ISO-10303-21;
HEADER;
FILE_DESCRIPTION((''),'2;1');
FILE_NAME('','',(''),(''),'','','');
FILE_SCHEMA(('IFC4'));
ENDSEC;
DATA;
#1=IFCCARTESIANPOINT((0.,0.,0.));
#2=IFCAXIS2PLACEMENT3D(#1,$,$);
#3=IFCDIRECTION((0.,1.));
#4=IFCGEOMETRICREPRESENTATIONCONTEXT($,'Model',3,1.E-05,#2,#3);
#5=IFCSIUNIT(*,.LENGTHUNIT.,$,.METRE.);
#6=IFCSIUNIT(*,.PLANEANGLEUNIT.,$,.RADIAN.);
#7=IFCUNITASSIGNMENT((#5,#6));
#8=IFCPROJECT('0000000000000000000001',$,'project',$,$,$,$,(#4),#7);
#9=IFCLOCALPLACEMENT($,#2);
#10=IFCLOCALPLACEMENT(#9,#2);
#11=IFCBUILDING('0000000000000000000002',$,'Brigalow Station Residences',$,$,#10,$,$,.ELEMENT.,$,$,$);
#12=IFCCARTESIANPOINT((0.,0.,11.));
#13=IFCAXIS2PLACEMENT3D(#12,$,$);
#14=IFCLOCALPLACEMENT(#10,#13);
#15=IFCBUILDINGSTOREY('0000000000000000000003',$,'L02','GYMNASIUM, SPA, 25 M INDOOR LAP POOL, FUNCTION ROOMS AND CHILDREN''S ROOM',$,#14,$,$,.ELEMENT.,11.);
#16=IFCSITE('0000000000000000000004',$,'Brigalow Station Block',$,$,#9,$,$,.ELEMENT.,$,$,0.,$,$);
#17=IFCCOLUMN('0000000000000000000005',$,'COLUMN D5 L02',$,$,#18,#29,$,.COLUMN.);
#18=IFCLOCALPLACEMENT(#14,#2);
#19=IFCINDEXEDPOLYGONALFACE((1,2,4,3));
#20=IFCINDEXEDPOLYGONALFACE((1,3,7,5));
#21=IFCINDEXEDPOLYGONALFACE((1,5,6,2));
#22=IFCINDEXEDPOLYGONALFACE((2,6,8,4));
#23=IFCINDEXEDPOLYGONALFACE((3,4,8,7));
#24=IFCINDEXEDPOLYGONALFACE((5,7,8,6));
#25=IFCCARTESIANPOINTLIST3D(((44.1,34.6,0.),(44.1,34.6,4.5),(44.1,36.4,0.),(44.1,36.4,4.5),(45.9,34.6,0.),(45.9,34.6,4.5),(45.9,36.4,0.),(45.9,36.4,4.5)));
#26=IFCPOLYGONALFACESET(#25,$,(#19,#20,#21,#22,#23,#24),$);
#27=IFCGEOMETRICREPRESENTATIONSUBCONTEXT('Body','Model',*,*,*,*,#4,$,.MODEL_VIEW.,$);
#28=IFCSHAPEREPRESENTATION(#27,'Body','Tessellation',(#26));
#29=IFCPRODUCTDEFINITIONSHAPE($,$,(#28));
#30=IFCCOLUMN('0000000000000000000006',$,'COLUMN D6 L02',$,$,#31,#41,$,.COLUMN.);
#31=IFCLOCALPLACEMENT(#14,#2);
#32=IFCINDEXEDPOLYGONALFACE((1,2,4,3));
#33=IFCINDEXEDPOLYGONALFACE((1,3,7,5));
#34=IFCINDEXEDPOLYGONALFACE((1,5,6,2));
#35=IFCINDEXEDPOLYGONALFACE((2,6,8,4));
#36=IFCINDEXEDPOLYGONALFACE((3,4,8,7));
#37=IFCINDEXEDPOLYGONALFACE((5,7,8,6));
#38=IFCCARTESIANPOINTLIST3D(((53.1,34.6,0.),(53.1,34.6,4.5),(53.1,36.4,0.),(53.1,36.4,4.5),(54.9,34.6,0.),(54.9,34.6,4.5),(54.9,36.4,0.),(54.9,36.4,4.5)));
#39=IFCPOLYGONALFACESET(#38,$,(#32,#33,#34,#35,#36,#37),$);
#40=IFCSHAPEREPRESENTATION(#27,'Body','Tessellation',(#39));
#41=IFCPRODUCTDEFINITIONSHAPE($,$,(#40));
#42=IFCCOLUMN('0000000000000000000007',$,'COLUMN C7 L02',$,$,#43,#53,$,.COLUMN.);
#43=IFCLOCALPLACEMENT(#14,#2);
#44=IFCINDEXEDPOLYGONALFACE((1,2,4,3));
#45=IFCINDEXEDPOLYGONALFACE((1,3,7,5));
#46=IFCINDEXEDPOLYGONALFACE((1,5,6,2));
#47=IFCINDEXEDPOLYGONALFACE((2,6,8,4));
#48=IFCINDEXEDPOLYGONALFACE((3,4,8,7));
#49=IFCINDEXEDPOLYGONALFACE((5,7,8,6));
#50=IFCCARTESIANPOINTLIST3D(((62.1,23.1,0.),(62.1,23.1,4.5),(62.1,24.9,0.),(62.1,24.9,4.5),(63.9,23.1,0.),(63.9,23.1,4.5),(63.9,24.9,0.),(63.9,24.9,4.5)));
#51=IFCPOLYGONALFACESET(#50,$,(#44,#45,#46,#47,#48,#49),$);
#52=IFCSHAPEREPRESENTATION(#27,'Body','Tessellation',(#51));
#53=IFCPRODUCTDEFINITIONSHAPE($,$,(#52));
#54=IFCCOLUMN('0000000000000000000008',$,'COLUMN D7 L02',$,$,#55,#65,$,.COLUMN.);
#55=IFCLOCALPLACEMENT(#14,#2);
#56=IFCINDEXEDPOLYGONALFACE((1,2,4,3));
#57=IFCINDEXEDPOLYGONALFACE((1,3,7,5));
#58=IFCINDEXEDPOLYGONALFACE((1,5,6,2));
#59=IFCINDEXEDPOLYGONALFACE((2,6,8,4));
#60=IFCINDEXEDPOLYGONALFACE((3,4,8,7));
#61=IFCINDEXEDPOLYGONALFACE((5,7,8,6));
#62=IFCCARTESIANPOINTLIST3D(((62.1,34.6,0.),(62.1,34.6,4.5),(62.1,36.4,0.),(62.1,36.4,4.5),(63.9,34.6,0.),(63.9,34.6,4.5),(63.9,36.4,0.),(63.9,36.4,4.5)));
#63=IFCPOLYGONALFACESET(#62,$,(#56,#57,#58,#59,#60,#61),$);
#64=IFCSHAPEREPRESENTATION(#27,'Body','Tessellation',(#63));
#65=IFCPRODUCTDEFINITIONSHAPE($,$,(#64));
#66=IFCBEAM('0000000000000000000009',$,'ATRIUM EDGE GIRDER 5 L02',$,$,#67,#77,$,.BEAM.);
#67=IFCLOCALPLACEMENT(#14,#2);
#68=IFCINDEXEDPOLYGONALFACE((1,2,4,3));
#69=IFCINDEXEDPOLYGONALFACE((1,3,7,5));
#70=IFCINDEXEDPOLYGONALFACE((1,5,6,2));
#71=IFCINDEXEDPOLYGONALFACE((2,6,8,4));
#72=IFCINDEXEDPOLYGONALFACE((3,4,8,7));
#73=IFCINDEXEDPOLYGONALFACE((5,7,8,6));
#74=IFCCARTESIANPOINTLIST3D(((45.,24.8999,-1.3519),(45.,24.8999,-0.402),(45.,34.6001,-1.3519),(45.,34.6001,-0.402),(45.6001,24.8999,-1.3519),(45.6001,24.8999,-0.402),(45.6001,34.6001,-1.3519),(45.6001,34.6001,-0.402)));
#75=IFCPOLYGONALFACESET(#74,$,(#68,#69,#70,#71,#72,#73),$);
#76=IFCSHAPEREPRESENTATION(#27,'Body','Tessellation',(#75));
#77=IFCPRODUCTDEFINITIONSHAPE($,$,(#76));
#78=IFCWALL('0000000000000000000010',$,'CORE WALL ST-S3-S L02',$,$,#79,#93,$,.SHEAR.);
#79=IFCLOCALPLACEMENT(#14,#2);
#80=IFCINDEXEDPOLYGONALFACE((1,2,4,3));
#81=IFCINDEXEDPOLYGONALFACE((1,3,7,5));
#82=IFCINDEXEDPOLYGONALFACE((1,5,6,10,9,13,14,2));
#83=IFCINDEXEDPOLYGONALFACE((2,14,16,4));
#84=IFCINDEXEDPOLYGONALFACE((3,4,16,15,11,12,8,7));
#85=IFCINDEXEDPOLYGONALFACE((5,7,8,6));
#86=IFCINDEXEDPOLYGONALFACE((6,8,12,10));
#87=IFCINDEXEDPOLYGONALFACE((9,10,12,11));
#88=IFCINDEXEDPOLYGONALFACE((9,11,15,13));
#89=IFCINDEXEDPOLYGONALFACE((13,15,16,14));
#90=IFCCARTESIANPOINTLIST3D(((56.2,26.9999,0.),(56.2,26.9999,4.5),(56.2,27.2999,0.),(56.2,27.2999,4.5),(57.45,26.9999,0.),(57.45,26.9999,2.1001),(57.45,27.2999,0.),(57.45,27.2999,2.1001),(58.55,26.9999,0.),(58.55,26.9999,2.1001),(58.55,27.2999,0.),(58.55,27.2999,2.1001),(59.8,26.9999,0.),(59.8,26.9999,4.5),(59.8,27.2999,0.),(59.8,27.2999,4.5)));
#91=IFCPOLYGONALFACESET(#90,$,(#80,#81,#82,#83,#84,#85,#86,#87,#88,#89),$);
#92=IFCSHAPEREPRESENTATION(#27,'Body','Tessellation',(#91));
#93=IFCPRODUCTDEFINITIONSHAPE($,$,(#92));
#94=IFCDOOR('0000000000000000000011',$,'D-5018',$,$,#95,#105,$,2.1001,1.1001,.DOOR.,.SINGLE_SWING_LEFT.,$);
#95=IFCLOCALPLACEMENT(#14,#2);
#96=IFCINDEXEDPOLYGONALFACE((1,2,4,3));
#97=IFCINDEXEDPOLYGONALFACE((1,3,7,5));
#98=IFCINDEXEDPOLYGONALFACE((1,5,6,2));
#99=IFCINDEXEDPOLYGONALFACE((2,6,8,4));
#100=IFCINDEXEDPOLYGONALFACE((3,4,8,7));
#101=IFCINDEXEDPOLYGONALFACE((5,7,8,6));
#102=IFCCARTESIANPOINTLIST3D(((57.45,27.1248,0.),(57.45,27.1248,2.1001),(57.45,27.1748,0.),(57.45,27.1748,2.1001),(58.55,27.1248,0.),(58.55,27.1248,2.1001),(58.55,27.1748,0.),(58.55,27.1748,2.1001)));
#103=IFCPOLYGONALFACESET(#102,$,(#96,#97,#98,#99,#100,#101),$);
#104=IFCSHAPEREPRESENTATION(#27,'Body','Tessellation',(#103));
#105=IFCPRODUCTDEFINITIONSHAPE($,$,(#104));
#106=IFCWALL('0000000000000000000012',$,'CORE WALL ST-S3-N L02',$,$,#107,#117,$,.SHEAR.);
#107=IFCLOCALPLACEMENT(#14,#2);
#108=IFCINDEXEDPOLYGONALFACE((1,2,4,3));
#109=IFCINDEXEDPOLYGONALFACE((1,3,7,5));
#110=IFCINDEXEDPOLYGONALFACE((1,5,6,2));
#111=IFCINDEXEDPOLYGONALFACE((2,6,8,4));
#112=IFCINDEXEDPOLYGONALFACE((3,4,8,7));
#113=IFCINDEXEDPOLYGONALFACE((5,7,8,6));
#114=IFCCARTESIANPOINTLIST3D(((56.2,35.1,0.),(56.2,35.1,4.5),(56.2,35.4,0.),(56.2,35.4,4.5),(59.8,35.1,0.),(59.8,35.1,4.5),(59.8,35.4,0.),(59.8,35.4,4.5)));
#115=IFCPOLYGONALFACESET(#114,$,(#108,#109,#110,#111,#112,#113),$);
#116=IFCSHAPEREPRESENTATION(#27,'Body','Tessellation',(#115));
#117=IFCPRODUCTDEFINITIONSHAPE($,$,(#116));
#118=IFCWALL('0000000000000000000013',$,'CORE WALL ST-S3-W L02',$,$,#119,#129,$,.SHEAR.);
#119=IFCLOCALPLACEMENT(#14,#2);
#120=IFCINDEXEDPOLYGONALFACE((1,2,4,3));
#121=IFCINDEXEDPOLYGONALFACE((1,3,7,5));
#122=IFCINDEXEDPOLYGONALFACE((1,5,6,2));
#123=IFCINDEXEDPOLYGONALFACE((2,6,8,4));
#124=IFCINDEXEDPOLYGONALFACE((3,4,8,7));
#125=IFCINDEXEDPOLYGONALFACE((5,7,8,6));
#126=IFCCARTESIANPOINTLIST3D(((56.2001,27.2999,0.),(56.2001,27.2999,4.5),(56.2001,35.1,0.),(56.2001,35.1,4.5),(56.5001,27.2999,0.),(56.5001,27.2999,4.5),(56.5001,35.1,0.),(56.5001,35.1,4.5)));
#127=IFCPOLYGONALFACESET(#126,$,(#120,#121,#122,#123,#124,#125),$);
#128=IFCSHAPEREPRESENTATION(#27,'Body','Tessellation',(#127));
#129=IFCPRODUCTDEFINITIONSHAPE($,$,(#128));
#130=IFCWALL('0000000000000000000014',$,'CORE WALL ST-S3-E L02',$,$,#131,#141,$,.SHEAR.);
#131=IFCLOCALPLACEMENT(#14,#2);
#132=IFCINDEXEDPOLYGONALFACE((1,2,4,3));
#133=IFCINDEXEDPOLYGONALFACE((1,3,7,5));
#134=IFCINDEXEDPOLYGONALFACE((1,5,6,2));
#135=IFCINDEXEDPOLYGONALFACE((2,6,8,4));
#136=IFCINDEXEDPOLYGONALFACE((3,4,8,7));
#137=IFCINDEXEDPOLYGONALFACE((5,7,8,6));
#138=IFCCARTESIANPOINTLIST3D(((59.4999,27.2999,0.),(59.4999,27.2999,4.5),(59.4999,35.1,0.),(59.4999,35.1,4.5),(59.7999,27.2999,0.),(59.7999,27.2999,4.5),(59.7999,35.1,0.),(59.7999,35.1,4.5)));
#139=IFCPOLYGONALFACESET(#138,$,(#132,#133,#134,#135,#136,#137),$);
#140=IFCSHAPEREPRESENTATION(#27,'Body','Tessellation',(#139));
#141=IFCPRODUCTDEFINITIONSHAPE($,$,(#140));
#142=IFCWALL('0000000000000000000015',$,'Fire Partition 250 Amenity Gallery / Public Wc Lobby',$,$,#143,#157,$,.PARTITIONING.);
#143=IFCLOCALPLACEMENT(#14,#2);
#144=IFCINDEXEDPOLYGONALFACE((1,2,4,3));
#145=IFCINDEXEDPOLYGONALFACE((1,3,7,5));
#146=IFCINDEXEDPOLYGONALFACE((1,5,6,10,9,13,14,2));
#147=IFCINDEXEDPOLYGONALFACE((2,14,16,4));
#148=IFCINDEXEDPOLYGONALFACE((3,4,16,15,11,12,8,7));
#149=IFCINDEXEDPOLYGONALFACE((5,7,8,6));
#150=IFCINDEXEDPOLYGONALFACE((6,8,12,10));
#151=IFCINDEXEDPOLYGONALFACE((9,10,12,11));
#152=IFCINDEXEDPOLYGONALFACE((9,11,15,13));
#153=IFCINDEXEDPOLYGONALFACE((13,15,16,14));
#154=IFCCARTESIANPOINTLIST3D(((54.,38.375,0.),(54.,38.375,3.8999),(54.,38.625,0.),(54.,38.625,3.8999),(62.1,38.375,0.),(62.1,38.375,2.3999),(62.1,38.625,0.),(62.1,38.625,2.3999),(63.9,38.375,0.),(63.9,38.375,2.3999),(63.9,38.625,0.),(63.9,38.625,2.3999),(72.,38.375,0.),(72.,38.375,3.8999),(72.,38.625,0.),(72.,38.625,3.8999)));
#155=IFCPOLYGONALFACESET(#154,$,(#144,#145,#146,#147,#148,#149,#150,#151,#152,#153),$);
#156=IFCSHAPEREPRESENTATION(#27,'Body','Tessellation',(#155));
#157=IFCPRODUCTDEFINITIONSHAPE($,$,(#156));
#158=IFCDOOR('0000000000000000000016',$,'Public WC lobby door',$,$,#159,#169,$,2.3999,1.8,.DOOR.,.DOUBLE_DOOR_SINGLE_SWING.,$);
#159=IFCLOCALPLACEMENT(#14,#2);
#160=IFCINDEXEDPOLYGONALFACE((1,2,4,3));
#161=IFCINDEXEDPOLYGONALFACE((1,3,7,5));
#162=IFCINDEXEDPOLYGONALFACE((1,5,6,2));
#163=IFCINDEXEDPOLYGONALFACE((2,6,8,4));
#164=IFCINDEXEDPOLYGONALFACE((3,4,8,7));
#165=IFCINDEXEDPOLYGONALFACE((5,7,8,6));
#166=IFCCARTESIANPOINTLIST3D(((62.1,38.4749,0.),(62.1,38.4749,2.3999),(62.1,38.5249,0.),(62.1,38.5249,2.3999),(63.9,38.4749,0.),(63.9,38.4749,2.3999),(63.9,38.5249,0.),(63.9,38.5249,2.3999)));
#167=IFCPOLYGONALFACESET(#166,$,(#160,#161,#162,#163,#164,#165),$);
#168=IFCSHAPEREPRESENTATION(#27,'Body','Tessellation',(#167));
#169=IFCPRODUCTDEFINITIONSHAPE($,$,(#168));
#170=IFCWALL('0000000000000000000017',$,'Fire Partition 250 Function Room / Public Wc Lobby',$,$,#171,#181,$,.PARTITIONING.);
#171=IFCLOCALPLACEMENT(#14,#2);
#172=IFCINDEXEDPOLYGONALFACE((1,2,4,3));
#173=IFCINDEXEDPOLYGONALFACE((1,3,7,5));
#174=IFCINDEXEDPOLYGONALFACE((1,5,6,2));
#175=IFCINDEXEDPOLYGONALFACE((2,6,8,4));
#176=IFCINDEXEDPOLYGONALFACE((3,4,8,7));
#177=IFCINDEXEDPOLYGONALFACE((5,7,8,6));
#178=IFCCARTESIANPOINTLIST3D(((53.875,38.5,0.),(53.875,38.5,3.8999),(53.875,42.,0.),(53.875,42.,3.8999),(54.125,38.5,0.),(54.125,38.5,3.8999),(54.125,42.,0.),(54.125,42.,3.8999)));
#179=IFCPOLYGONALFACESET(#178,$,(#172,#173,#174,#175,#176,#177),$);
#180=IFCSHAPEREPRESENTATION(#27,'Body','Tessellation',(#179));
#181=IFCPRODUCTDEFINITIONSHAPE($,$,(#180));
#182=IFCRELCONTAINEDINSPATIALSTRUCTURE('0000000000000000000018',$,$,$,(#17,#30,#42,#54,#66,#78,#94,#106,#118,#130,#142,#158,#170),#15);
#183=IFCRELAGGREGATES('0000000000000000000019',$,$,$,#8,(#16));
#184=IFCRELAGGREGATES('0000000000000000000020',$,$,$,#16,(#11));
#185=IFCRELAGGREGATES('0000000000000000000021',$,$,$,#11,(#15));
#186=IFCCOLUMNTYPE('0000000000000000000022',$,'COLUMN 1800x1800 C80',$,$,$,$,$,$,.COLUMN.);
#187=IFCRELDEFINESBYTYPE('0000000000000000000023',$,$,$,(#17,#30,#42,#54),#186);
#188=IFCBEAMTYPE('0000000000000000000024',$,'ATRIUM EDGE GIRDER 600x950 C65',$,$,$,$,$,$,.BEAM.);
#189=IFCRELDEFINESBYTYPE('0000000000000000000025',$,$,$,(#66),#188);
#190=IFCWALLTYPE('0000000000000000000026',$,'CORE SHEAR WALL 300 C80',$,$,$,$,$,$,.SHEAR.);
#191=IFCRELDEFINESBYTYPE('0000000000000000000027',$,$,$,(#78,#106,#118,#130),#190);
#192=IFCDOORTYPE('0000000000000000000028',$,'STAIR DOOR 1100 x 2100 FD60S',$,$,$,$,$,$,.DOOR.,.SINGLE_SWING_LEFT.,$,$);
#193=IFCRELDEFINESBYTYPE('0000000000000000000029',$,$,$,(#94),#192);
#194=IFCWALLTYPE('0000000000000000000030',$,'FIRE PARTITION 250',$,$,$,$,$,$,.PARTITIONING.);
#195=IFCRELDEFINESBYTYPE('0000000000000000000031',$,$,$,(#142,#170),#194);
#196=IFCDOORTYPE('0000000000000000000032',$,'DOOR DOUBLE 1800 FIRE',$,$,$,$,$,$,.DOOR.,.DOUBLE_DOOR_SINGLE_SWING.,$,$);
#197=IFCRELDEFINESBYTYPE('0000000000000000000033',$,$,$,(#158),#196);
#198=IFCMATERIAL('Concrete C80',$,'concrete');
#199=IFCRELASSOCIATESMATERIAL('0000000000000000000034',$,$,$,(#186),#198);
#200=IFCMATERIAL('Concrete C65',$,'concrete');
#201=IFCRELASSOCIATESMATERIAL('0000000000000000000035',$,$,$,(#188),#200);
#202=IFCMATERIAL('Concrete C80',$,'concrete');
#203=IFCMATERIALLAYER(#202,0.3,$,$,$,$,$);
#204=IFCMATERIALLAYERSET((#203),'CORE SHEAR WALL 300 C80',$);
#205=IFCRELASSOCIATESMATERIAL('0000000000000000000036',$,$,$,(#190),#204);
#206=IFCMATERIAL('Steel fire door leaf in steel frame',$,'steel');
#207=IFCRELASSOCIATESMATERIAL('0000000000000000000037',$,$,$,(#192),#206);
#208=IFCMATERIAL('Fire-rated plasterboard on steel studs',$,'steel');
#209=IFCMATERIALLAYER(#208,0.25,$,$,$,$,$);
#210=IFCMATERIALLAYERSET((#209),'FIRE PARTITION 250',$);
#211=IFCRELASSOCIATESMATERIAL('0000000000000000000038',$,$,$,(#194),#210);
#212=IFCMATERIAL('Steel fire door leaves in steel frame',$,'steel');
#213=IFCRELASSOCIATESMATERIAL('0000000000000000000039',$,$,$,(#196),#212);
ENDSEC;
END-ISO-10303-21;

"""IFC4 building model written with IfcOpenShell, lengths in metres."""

from ifc_helpers import new_model, si_unit, direction, frame, frame_2d, origin, origin_2d, place, context, subcontext, project, spatial, rectangle, extrude, material, layer, layer_set, material_profile, profile_set, type_object, element, fill, save


model = new_model("IFC4")

# Units and contexts
model_context = context("Model", 3, precision=1e-05, world=origin(), true_north=direction((0.0, 1.0)))
body_context = subcontext(model_context, "Body", "Model", "MODEL_VIEW")
ifc_project = project(units=[si_unit("LENGTHUNIT", "METRE"), si_unit("PLANEANGLEUNIT", "RADIAN")], contexts=[model_context])

# Site, building, storey
site_placement = place(None, origin())
site = spatial("IfcSite", under=ifc_project, at=site_placement, Name="Brigalow Station Block", CompositionType="ELEMENT", RefElevation=0.0)
building_placement = place(site_placement, origin())
building = spatial("IfcBuilding", under=site, at=building_placement, Name="Brigalow Station Residences", CompositionType="ELEMENT")
storey_placement = place(building_placement, frame((0.0, 0.0, 11.0)))
storey = spatial("IfcBuildingStorey", under=building, at=storey_placement, Name="L02", Description="GYMNASIUM, SPA, 25 M INDOOR LAP POOL, FUNCTION ROOMS AND CHILDREN'S ROOM", CompositionType="ELEMENT", Elevation=11.0)

# Columns
ifc_material_1 = material(Name="Concrete C80", Category="concrete")
ifc_material_profile_1 = material_profile(ifc_material_1, rectangle(XDim=1.8, YDim=1.8, at=origin_2d()), Name="RC1800x1800")
ifc_profile_set_1 = profile_set([ifc_material_profile_1], Name="Concrete C80")
column_type = type_object("IfcColumnType", Name="COLUMN 1800x1800 C80", PredefinedType="COLUMN", material=ifc_profile_set_1)
for number, where, z_axis, x_axis, name in (
    (1, (45.0, 35.5, 0.0), (0.0, 0.0, 1.0), (1.0, 0.0, 0.0), "COLUMN D5 L02"),
    (2, (54.0, 35.5, 0.0), (0.0, 0.0, 1.0), (1.0, 0.0, 0.0), "COLUMN D6 L02"),
    (3, (63.0, 24.0, 0.0), (0.0, 0.0, 1.0), (1.0, 0.0, 0.0), "COLUMN C7 L02"),
    (4, (63.0, 35.5, 0.0), (0.0, 0.0, 1.0), (1.0, 0.0, 0.0), "COLUMN D7 L02"),
):
    element("IfcColumn", number, at=place(storey_placement, frame(where, z_axis=z_axis, x_axis=x_axis)), inside=storey, type_object=column_type, Name=name, PredefinedType="COLUMN", context=body_context, shape_type="SweptSolid", body=[
        extrude(rectangle(XDim=1.8, YDim=1.8, at=origin_2d()), origin(), (0.0, 0.0, 1.0), 4.5),
    ])

# Beam
ifc_material_2 = material(Name="Concrete C65", Category="concrete")
ifc_material_profile_2 = material_profile(ifc_material_2, rectangle(XDim=0.6001, YDim=0.95, at=origin_2d()), Name="RC600x950")
ifc_profile_set_2 = profile_set([ifc_material_profile_2], Name="Concrete C65")
beam_type = type_object("IfcBeamType", Name="ATRIUM EDGE GIRDER 600x950 C65", PredefinedType="BEAM", material=ifc_profile_set_2)
beam_placement = place(storey_placement, frame((45.3, 24.8999, -0.877), z_axis=(0.0, 1.0, 0.0), x_axis=(-1.0, 0.0, 0.0)))
element("IfcBeam", 5, at=beam_placement, inside=storey, type_object=beam_type, Name="ATRIUM EDGE GIRDER 5 L02", PredefinedType="BEAM", context=body_context, shape_type="SweptSolid", body=[
    extrude(rectangle(XDim=0.6001, YDim=0.95, at=origin_2d()), origin(), (0.0, 0.0, 1.0), 9.7002),
])

# Wall, opening, door
ifc_material_3 = material(Name="Concrete C80", Category="concrete")
ifc_layer_1 = layer(ifc_material_3, 0.3)
ifc_layer_set_1 = layer_set([ifc_layer_1], Name="CORE SHEAR WALL 300 C80")
wall_type_1 = type_object("IfcWallType", Name="CORE SHEAR WALL 300 C80", PredefinedType="SHEAR", material=ifc_layer_set_1)
wall_1_placement = place(storey_placement, frame((56.2, 27.1499, 0.0), z_axis=(0.0, 0.0, 1.0), x_axis=(1.0, 0.0, 0.0)))
wall_1 = element("IfcWall", 6, at=wall_1_placement, inside=storey, type_object=wall_type_1, Name="CORE WALL ST-S3-S L02", PredefinedType="SHEAR", context=body_context, shape_type="SweptSolid", body=[
    extrude(rectangle(XDim=3.6001, YDim=0.3, at=frame_2d((1.8, 0.0))), origin(), (0.0, 0.0, 1.0), 4.5),
])
opening_1_placement = place(wall_1_placement, frame((1.25, 0.0, 0.0)))
opening_1 = element("IfcOpeningElement", 7, at=opening_1_placement, cuts=wall_1, PredefinedType="OPENING", context=body_context, shape_type="SweptSolid", body=[
    extrude(rectangle(XDim=1.1001, YDim=2.1001, at=frame_2d((0.55, 1.05))), frame((0.0, 0.1602, 0.0), z_axis=(0.0, -1.0, 0.0), x_axis=(1.0, 0.0, 0.0)), (0.0, 0.0, 1.0), 0.3201),
])
ifc_material_4 = material(Name="Steel fire door leaf in steel frame", Category="steel")
door_type_1 = type_object("IfcDoorType", Name="STAIR DOOR 1100 x 2100 FD60S", OperationType="SINGLE_SWING_LEFT", PredefinedType="DOOR", material=ifc_material_4)
door_1_placement = place(opening_1_placement, origin())
door_1 = element("IfcDoor", 8, at=door_1_placement, inside=storey, type_object=door_type_1, Name="D-5018", OperationType="SINGLE_SWING_LEFT", OverallHeight=2.1001, OverallWidth=1.1001, PredefinedType="DOOR", context=body_context, shape_type="SweptSolid", body=[
    extrude(rectangle(XDim=1.1001, YDim=2.1001, at=frame_2d((0.55, 1.05))), frame((0.0, 0.0249, 0.0), z_axis=(0.0, -1.0, 0.0), x_axis=(1.0, 0.0, 0.0)), (0.0, 0.0, 1.0), 0.05),
])
fill(opening_1, door_1)

# Walls
wall_2_placement = place(storey_placement, frame((56.2, 35.25, 0.0), z_axis=(0.0, 0.0, 1.0), x_axis=(1.0, 0.0, 0.0)))
element("IfcWall", 9, at=wall_2_placement, inside=storey, type_object=wall_type_1, Name="CORE WALL ST-S3-N L02", PredefinedType="SHEAR", context=body_context, shape_type="SweptSolid", body=[
    extrude(rectangle(XDim=3.6001, YDim=0.3, at=frame_2d((1.8, 0.0))), origin(), (0.0, 0.0, 1.0), 4.5),
])
for number, where, z_axis, x_axis, name in (
    (10, (56.3501, 27.3, 0.0), (0.0, 0.0, 1.0), (0.0, 1.0, 0.0), "CORE WALL ST-S3-W L02"),
    (11, (59.6499, 27.3, 0.0), (0.0, 0.0, 1.0), (0.0, 1.0, 0.0), "CORE WALL ST-S3-E L02"),
):
    element("IfcWall", number, at=place(storey_placement, frame(where, z_axis=z_axis, x_axis=x_axis)), inside=storey, type_object=wall_type_1, Name=name, PredefinedType="SHEAR", context=body_context, shape_type="SweptSolid", body=[
        extrude(rectangle(XDim=7.8, YDim=0.3, at=frame_2d((3.8999, 0.0))), origin(), (0.0, 0.0, 1.0), 4.5),
    ])

# Wall, opening, door
ifc_material_5 = material(Name="Fire-rated plasterboard on steel studs", Category="steel")
ifc_layer_2 = layer(ifc_material_5, 0.25)
ifc_layer_set_2 = layer_set([ifc_layer_2], Name="FIRE PARTITION 250")
wall_type_2 = type_object("IfcWallType", Name="FIRE PARTITION 250", PredefinedType="PARTITIONING", material=ifc_layer_set_2)
wall_3_placement = place(storey_placement, frame((54.0, 38.5, 0.0), z_axis=(0.0, 0.0, 1.0), x_axis=(1.0, 0.0, 0.0)))
wall_3 = element("IfcWall", 12, at=wall_3_placement, inside=storey, type_object=wall_type_2, Name="Fire Partition 250 Amenity Gallery / Public Wc Lobby", PredefinedType="PARTITIONING", context=body_context, shape_type="SweptSolid", body=[
    extrude(rectangle(XDim=18.0, YDim=0.25, at=frame_2d((9.0, 0.0))), origin(), (0.0, 0.0, 1.0), 3.8999),
])
opening_2_placement = place(wall_3_placement, frame((8.1001, 0.0, 0.0)))
opening_2 = element("IfcOpeningElement", 13, at=opening_2_placement, cuts=wall_3, PredefinedType="OPENING", context=body_context, shape_type="SweptSolid", body=[
    extrude(rectangle(XDim=1.8, YDim=2.3999, at=frame_2d((0.8999, 1.2))), frame((0.0, 0.135, 0.0), z_axis=(0.0, -1.0, 0.0), x_axis=(1.0, 0.0, 0.0)), (0.0, 0.0, 1.0), 0.27),
])
ifc_material_6 = material(Name="Steel fire door leaves in steel frame", Category="steel")
door_type_2 = type_object("IfcDoorType", Name="DOOR DOUBLE 1800 FIRE", OperationType="DOUBLE_DOOR_SINGLE_SWING", PredefinedType="DOOR", material=ifc_material_6)
door_2_placement = place(opening_2_placement, origin())
door_2 = element("IfcDoor", 14, at=door_2_placement, inside=storey, type_object=door_type_2, Name="Public WC lobby door", OperationType="DOUBLE_DOOR_SINGLE_SWING", OverallHeight=2.3999, OverallWidth=1.8, PredefinedType="DOOR", context=body_context, shape_type="SweptSolid", body=[
    extrude(rectangle(XDim=1.8, YDim=2.3999, at=frame_2d((0.8999, 1.2))), frame((0.0, 0.0249, 0.0), z_axis=(0.0, -1.0, 0.0), x_axis=(1.0, 0.0, 0.0)), (0.0, 0.0, 1.0), 0.05),
])
fill(opening_2, door_2)

# Wall
wall_4_placement = place(storey_placement, frame((54.0, 38.5, 0.0), z_axis=(0.0, 0.0, 1.0), x_axis=(0.0, 1.0, 0.0)))
element("IfcWall", 15, at=wall_4_placement, inside=storey, type_object=wall_type_2, Name="Fire Partition 250 Function Room / Public Wc Lobby", PredefinedType="PARTITIONING", context=body_context, shape_type="SweptSolid", body=[
    extrude(rectangle(XDim=3.5, YDim=0.25, at=frame_2d((1.75, 0.0))), origin(), (0.0, 0.0, 1.0), 3.8999),
])

save(model, "model.ifc")
